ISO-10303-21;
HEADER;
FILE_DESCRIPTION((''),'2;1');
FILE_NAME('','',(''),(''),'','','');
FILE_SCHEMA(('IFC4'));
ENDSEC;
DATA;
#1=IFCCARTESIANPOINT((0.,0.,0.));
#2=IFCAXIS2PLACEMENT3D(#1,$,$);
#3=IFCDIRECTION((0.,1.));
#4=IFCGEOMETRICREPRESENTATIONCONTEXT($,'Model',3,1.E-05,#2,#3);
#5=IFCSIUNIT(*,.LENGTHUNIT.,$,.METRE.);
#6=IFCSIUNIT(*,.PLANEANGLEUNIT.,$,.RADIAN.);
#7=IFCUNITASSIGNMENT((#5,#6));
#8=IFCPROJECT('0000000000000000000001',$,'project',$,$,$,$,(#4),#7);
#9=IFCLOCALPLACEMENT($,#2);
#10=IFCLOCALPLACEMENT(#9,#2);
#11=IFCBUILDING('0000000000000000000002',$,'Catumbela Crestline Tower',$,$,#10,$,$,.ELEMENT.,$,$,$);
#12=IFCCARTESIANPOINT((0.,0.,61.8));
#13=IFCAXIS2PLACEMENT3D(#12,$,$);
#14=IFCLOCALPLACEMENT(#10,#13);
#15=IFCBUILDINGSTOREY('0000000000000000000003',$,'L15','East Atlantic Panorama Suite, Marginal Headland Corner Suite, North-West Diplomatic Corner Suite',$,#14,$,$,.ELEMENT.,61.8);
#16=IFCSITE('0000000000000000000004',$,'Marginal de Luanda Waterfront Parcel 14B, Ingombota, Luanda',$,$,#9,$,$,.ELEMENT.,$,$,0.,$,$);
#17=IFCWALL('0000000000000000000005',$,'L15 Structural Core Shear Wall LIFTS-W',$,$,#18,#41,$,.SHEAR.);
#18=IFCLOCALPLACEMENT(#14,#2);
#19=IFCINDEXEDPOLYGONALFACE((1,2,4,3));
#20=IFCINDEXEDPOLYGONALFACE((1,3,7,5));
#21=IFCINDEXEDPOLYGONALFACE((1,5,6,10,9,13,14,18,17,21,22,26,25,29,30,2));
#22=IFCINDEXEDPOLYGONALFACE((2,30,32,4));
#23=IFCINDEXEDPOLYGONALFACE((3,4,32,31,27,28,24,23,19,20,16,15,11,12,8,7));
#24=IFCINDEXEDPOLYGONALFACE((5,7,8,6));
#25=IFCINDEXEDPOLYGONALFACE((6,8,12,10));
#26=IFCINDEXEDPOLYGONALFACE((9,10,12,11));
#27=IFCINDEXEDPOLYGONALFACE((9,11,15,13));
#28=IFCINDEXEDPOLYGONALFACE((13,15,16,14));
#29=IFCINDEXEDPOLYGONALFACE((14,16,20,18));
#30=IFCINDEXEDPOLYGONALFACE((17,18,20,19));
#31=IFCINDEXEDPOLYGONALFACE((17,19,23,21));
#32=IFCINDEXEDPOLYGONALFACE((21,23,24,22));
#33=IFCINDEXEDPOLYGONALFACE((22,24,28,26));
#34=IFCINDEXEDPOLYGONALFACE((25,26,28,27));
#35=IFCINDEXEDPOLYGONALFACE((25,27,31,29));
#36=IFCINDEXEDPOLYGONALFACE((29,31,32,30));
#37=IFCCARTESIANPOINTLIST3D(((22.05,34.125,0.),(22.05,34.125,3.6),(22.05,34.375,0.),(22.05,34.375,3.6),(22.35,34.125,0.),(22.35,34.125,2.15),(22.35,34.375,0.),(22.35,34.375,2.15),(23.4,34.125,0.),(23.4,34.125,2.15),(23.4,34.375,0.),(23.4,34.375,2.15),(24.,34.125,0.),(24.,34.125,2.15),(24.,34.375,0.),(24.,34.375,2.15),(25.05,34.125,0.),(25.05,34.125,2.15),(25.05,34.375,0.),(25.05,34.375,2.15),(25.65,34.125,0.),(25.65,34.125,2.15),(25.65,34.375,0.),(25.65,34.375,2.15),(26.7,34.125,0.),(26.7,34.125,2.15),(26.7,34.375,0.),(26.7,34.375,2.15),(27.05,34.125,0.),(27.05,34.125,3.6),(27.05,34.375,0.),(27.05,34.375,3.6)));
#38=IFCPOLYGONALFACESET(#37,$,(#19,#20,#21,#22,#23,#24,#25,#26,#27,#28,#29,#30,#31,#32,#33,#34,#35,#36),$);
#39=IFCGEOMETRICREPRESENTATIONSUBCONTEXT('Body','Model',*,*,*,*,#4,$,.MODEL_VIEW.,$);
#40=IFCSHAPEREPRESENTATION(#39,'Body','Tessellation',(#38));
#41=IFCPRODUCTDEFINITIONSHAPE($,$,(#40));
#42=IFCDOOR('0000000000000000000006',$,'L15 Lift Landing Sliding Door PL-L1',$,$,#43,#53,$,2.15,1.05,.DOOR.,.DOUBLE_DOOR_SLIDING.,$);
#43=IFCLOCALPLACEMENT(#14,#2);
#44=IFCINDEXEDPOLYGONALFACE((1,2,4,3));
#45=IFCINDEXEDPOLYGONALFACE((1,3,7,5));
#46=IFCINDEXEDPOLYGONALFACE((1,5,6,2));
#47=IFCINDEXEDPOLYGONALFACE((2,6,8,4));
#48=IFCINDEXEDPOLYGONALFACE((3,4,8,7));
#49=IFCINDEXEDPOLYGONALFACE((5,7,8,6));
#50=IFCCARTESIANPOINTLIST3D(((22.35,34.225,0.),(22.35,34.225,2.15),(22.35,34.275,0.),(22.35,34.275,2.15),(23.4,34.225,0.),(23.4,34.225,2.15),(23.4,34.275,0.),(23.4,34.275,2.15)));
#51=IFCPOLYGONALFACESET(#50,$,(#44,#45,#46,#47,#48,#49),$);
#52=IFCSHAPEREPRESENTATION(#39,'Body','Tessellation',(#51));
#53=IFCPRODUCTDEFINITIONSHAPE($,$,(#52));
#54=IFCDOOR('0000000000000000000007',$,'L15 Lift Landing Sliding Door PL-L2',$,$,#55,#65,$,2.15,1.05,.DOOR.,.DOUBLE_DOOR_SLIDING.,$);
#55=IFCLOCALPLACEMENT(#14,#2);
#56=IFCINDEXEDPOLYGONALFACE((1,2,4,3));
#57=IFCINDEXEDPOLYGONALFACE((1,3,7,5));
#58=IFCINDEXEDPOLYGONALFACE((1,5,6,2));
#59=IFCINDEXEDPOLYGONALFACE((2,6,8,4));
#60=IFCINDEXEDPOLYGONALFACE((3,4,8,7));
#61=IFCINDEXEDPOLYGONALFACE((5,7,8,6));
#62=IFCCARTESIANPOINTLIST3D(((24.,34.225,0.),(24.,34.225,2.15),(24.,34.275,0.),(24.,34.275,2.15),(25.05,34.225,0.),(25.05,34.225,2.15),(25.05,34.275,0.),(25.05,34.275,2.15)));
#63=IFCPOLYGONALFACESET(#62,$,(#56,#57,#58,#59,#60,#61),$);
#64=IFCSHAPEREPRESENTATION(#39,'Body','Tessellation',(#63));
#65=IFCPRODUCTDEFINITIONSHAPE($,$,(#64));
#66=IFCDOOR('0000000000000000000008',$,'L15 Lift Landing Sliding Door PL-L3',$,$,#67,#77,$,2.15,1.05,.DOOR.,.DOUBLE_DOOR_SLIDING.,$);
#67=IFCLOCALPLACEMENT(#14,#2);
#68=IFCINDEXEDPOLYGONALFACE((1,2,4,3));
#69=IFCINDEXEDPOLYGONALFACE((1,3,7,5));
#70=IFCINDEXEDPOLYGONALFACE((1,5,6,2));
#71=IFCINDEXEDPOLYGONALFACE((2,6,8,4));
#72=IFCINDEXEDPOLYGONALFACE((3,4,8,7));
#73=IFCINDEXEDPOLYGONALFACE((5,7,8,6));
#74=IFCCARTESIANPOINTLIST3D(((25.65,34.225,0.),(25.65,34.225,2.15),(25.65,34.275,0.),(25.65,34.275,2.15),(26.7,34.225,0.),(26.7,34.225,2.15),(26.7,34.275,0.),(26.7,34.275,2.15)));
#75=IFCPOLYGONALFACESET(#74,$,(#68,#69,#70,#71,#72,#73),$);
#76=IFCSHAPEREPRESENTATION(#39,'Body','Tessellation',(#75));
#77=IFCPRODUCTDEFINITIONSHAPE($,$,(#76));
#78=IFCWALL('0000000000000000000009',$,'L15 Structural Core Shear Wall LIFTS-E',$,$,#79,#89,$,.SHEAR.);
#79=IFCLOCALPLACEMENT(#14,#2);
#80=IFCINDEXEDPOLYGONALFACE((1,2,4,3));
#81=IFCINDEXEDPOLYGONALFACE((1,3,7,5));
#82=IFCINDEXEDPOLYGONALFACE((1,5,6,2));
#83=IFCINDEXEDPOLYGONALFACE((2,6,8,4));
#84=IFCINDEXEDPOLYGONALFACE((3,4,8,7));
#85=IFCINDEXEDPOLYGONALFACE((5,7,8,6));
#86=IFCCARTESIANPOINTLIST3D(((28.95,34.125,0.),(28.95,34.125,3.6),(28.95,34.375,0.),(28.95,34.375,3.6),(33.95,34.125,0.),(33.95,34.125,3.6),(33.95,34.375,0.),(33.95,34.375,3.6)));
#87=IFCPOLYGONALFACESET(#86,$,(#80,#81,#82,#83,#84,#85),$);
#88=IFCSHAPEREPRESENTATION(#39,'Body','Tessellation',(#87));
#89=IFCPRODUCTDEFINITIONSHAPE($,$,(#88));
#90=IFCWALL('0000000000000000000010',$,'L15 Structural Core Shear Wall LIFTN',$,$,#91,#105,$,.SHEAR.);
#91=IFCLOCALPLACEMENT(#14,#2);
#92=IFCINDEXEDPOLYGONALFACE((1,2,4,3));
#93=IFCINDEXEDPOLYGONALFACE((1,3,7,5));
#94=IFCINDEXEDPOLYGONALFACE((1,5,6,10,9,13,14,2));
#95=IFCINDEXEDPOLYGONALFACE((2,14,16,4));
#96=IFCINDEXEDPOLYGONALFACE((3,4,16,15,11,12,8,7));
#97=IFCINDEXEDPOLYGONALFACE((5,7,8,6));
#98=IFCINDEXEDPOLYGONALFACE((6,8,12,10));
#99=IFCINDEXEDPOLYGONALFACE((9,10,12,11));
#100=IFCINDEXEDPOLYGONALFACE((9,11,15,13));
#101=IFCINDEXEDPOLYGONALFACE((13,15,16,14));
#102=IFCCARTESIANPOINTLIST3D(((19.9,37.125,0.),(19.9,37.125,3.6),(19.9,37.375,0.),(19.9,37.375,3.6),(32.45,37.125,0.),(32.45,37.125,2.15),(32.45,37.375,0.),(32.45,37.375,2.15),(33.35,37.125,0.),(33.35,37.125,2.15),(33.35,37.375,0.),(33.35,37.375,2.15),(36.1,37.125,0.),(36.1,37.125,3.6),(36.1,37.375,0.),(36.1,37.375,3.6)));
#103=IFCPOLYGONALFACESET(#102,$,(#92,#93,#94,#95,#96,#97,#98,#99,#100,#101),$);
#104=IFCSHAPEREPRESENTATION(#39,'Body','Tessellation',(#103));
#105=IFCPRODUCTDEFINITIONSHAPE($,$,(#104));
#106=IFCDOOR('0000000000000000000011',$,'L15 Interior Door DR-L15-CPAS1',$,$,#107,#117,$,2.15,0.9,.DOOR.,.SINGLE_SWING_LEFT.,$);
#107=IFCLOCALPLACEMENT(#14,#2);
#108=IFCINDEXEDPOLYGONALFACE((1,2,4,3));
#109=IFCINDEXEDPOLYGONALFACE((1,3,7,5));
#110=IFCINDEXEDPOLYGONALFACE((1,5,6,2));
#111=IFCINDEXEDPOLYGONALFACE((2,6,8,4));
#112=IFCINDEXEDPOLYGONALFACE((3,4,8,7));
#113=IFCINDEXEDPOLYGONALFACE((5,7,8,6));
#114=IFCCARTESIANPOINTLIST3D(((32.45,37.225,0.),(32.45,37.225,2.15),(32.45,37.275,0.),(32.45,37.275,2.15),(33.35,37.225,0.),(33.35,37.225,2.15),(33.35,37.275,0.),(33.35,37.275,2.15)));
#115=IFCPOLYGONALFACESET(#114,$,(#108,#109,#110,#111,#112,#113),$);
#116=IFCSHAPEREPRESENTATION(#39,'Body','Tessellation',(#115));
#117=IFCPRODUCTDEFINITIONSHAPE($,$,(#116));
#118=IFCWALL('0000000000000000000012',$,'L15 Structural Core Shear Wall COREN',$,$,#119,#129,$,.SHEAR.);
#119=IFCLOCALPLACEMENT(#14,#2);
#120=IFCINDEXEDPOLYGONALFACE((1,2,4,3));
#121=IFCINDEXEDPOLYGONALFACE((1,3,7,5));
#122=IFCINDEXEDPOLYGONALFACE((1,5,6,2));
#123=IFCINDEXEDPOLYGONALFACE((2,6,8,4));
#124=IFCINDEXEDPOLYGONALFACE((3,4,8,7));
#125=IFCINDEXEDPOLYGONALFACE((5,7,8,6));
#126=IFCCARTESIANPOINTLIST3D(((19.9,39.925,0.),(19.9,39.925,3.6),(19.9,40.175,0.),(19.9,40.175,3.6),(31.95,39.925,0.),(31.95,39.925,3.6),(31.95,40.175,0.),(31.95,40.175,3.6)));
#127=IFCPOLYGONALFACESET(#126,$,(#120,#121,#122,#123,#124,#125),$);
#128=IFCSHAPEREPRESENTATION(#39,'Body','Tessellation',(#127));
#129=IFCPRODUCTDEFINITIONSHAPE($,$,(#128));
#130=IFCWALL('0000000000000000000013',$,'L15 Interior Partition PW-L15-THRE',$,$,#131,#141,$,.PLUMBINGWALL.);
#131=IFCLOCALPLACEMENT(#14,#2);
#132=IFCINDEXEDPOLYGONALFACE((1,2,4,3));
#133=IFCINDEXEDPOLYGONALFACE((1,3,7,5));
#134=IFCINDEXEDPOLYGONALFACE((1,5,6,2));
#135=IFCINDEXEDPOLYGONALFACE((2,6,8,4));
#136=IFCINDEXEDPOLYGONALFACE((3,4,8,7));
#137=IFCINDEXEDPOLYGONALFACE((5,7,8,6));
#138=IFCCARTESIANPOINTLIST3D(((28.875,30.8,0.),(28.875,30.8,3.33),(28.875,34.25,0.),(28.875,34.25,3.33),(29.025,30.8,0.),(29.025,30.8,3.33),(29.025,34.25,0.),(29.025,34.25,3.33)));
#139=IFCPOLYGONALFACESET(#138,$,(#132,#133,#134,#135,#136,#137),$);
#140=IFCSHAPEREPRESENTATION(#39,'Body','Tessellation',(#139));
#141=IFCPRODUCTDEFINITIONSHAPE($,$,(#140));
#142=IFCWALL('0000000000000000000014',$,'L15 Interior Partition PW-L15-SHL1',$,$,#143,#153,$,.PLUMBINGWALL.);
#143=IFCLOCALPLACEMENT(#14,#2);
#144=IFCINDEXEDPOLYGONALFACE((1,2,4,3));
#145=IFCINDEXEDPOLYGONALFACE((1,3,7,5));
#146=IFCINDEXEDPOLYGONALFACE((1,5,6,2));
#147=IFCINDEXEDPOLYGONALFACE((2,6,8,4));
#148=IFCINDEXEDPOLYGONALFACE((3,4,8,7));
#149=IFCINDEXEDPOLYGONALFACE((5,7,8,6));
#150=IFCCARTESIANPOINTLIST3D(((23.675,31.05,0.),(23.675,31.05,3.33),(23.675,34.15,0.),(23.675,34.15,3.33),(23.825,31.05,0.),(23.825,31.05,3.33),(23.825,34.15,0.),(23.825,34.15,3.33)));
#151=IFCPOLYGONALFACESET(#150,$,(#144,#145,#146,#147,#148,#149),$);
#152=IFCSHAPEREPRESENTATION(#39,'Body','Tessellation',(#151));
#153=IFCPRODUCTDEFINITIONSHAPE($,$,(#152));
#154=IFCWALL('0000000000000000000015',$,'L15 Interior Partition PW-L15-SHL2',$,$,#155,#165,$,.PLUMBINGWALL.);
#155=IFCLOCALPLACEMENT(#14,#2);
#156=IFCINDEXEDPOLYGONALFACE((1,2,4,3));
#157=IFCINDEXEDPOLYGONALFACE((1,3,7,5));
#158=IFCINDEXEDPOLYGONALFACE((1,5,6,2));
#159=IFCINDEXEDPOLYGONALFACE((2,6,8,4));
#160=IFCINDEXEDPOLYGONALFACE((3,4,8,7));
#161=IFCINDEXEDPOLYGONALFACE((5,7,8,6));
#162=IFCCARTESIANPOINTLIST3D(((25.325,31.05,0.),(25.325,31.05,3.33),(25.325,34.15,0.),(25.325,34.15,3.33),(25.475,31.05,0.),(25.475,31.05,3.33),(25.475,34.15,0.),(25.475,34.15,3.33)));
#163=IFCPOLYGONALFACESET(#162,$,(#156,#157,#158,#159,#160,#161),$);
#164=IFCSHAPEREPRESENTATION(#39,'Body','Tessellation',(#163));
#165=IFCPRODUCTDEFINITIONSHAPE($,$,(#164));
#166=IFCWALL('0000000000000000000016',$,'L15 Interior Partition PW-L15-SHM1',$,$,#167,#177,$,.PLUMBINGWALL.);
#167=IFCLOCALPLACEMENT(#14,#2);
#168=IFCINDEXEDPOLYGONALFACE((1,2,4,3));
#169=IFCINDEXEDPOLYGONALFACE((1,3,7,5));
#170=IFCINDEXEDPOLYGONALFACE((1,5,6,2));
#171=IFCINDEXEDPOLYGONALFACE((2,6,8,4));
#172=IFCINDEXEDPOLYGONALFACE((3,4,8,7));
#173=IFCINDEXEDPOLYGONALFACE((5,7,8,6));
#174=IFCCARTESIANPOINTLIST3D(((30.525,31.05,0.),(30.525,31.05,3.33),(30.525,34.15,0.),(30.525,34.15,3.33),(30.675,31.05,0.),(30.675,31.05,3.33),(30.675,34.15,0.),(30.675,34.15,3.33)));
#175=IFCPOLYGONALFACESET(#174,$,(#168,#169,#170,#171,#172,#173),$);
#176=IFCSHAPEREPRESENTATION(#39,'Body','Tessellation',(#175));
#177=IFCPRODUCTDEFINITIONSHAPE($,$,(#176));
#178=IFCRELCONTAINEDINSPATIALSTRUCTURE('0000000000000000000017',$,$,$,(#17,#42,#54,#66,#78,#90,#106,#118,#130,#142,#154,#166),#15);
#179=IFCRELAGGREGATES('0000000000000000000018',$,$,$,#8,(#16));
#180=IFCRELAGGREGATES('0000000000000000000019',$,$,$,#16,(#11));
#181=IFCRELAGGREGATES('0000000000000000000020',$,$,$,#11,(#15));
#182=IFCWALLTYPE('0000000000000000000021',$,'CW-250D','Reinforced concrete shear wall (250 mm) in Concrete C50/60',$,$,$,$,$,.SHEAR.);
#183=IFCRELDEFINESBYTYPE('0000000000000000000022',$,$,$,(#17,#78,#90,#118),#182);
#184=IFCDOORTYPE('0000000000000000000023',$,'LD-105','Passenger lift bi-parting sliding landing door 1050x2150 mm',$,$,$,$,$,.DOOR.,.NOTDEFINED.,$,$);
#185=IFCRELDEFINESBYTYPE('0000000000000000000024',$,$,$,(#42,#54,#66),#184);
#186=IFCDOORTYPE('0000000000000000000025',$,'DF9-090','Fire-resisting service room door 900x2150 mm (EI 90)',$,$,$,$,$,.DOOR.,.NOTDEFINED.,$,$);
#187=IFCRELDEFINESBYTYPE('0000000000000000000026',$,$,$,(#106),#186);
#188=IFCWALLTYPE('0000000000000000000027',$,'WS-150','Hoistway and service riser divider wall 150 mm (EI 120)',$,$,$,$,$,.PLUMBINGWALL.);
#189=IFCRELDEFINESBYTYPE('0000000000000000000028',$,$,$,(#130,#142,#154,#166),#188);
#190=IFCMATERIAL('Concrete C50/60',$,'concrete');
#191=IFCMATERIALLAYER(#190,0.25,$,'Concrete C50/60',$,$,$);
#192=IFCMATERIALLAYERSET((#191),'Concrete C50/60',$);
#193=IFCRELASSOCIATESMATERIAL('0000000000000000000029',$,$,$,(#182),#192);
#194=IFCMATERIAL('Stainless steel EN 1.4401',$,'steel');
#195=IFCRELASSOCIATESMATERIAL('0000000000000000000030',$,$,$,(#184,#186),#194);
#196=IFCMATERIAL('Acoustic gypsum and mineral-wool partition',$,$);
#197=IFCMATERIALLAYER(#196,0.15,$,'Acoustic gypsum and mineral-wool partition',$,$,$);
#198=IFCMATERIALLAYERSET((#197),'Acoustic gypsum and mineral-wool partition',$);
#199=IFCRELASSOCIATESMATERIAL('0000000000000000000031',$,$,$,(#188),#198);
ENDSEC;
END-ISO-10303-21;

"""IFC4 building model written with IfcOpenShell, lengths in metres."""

from ifc_helpers import new_model, si_unit, direction, frame, frame_2d, origin, place, context, subcontext, project, spatial, rectangle, extrude, material, layer, layer_set, type_object, element, fill, save


model = new_model("IFC4")

# Units and contexts
model_context = context("Model", 3, precision=1e-05, world=origin(), true_north=direction((0.0, 1.0)))
body_context = subcontext(model_context, "Body", "Model", "MODEL_VIEW")
ifc_project = project(units=[si_unit("LENGTHUNIT", "METRE"), si_unit("PLANEANGLEUNIT", "RADIAN")], contexts=[model_context])

# Site, building, storey
site_placement = place(None, origin())
site = spatial("IfcSite", under=ifc_project, at=site_placement, Name="Marginal de Luanda Waterfront Parcel 14B, Ingombota, Luanda", CompositionType="ELEMENT", RefElevation=0.0)
building_placement = place(site_placement, origin())
building = spatial("IfcBuilding", under=site, at=building_placement, Name="Catumbela Crestline Tower", CompositionType="ELEMENT")
storey_placement = place(building_placement, frame((0.0, 0.0, 61.8)))
storey = spatial("IfcBuildingStorey", under=building, at=storey_placement, Name="L15", Description="East Atlantic Panorama Suite, Marginal Headland Corner Suite, North-West Diplomatic Corner Suite", CompositionType="ELEMENT", Elevation=61.8)

# Wall, openings, doors
ifc_material_1 = material(Name="Concrete C50/60", Category="concrete")
ifc_layer_1 = layer(ifc_material_1, 0.25, Name="Concrete C50/60")
ifc_layer_set_1 = layer_set([ifc_layer_1], Name="Concrete C50/60")
wall_type_1 = type_object("IfcWallType", Name="CW-250D", Description="Reinforced concrete shear wall (250 mm) in Concrete C50/60", PredefinedType="SHEAR", material=ifc_layer_set_1)
wall_1_placement = place(storey_placement, frame((22.05, 34.25, 0.0), z_axis=(0.0, 0.0, 1.0), x_axis=(1.0, 0.0, 0.0)))
wall_1 = element("IfcWall", 1, at=wall_1_placement, inside=storey, type_object=wall_type_1, Name="L15 Structural Core Shear Wall LIFTS-W", PredefinedType="SHEAR", context=body_context, shape_type="SweptSolid", body=[
    extrude(rectangle(XDim=5.0, YDim=0.25, at=frame_2d((2.5, 0.0))), origin(), (0.0, 0.0, 1.0), 3.6),
])
opening_1_placement = place(wall_1_placement, frame((0.3, 0.0, 0.0)))
opening_1 = element("IfcOpeningElement", 2, at=opening_1_placement, cuts=wall_1, PredefinedType="OPENING", context=body_context, shape_type="SweptSolid", body=[
    extrude(rectangle(XDim=1.05, YDim=2.15, at=frame_2d((0.525, 1.075))), frame((0.0, 0.135, 0.0), z_axis=(0.0, -1.0, 0.0), x_axis=(1.0, 0.0, 0.0)), (0.0, 0.0, 1.0), 0.27),
])
opening_2_placement = place(wall_1_placement, frame((1.95, 0.0, 0.0)))
opening_2 = element("IfcOpeningElement", 3, at=opening_2_placement, cuts=wall_1, PredefinedType="OPENING", context=body_context, shape_type="SweptSolid", body=[
    extrude(rectangle(XDim=1.05, YDim=2.15, at=frame_2d((0.525, 1.075))), frame((0.0, 0.135, 0.0), z_axis=(0.0, -1.0, 0.0), x_axis=(1.0, 0.0, 0.0)), (0.0, 0.0, 1.0), 0.27),
])
opening_3_placement = place(wall_1_placement, frame((3.6, 0.0, 0.0)))
opening_3 = element("IfcOpeningElement", 4, at=opening_3_placement, cuts=wall_1, PredefinedType="OPENING", context=body_context, shape_type="SweptSolid", body=[
    extrude(rectangle(XDim=1.05, YDim=2.15, at=frame_2d((0.525, 1.075))), frame((0.0, 0.135, 0.0), z_axis=(0.0, -1.0, 0.0), x_axis=(1.0, 0.0, 0.0)), (0.0, 0.0, 1.0), 0.27),
])
ifc_material_2 = material(Name="Stainless steel EN 1.4401", Category="steel")
door_type_1 = type_object("IfcDoorType", Name="LD-105", Description="Passenger lift bi-parting sliding landing door 1050x2150 mm", OperationType="NOTDEFINED", PredefinedType="DOOR", material=ifc_material_2)
door_1_placement = place(opening_1_placement, origin())
door_1 = element("IfcDoor", 5, at=door_1_placement, inside=storey, type_object=door_type_1, Name="L15 Lift Landing Sliding Door PL-L1", OperationType="DOUBLE_DOOR_SLIDING", OverallHeight=2.15, OverallWidth=1.05, PredefinedType="DOOR", context=body_context, shape_type="SweptSolid", body=[
    extrude(rectangle(XDim=1.05, YDim=2.15, at=frame_2d((0.525, 1.075))), frame((0.0, 0.025, 0.0), z_axis=(0.0, -1.0, 0.0), x_axis=(1.0, 0.0, 0.0)), (0.0, 0.0, 1.0), 0.05),
])
fill(opening_1, door_1)
door_2_placement = place(opening_2_placement, origin())
door_2 = element("IfcDoor", 6, at=door_2_placement, inside=storey, type_object=door_type_1, Name="L15 Lift Landing Sliding Door PL-L2", OperationType="DOUBLE_DOOR_SLIDING", OverallHeight=2.15, OverallWidth=1.05, PredefinedType="DOOR", context=body_context, shape_type="SweptSolid", body=[
    extrude(rectangle(XDim=1.05, YDim=2.15, at=frame_2d((0.525, 1.075))), frame((0.0, 0.025, 0.0), z_axis=(0.0, -1.0, 0.0), x_axis=(1.0, 0.0, 0.0)), (0.0, 0.0, 1.0), 0.05),
])
fill(opening_2, door_2)
door_3_placement = place(opening_3_placement, origin())
door_3 = element("IfcDoor", 7, at=door_3_placement, inside=storey, type_object=door_type_1, Name="L15 Lift Landing Sliding Door PL-L3", OperationType="DOUBLE_DOOR_SLIDING", OverallHeight=2.15, OverallWidth=1.05, PredefinedType="DOOR", context=body_context, shape_type="SweptSolid", body=[
    extrude(rectangle(XDim=1.05, YDim=2.15, at=frame_2d((0.525, 1.075))), frame((0.0, 0.025, 0.0), z_axis=(0.0, -1.0, 0.0), x_axis=(1.0, 0.0, 0.0)), (0.0, 0.0, 1.0), 0.05),
])
fill(opening_3, door_3)

# Wall
wall_2_placement = place(storey_placement, frame((28.95, 34.25, 0.0), z_axis=(0.0, 0.0, 1.0), x_axis=(1.0, 0.0, 0.0)))
element("IfcWall", 8, at=wall_2_placement, inside=storey, type_object=wall_type_1, Name="L15 Structural Core Shear Wall LIFTS-E", PredefinedType="SHEAR", context=body_context, shape_type="SweptSolid", body=[
    extrude(rectangle(XDim=5.0, YDim=0.25, at=frame_2d((2.5, 0.0))), origin(), (0.0, 0.0, 1.0), 3.6),
])

# Wall, opening, door
wall_3_placement = place(storey_placement, frame((19.9, 37.25, 0.0), z_axis=(0.0, 0.0, 1.0), x_axis=(1.0, 0.0, 0.0)))
wall_3 = element("IfcWall", 9, at=wall_3_placement, inside=storey, type_object=wall_type_1, Name="L15 Structural Core Shear Wall LIFTN", PredefinedType="SHEAR", context=body_context, shape_type="SweptSolid", body=[
    extrude(rectangle(XDim=16.2, YDim=0.25, at=frame_2d((8.1, 0.0))), origin(), (0.0, 0.0, 1.0), 3.6),
])
opening_4_placement = place(wall_3_placement, frame((12.55, 0.0, 0.0)))
opening_4 = element("IfcOpeningElement", 10, at=opening_4_placement, cuts=wall_3, PredefinedType="OPENING", context=body_context, shape_type="SweptSolid", body=[
    extrude(rectangle(XDim=0.9, YDim=2.15, at=frame_2d((0.45, 1.075))), frame((0.0, 0.135, 0.0), z_axis=(0.0, -1.0, 0.0), x_axis=(1.0, 0.0, 0.0)), (0.0, 0.0, 1.0), 0.27),
])
door_type_2 = type_object("IfcDoorType", Name="DF9-090", Description="Fire-resisting service room door 900x2150 mm (EI 90)", OperationType="NOTDEFINED", PredefinedType="DOOR", material=ifc_material_2)
door_4_placement = place(opening_4_placement, origin())
door_4 = element("IfcDoor", 11, at=door_4_placement, inside=storey, type_object=door_type_2, Name="L15 Interior Door DR-L15-CPAS1", OperationType="SINGLE_SWING_LEFT", OverallHeight=2.15, OverallWidth=0.9, PredefinedType="DOOR", context=body_context, shape_type="SweptSolid", body=[
    extrude(rectangle(XDim=0.9, YDim=2.15, at=frame_2d((0.45, 1.075))), frame((0.0, 0.025, 0.0), z_axis=(0.0, -1.0, 0.0), x_axis=(1.0, 0.0, 0.0)), (0.0, 0.0, 1.0), 0.05),
])
fill(opening_4, door_4)

# Walls
wall_4_placement = place(storey_placement, frame((19.9, 40.05, 0.0), z_axis=(0.0, 0.0, 1.0), x_axis=(1.0, 0.0, 0.0)))
element("IfcWall", 12, at=wall_4_placement, inside=storey, type_object=wall_type_1, Name="L15 Structural Core Shear Wall COREN", PredefinedType="SHEAR", context=body_context, shape_type="SweptSolid", body=[
    extrude(rectangle(XDim=12.05, YDim=0.25, at=frame_2d((6.025, 0.0))), origin(), (0.0, 0.0, 1.0), 3.6),
])
ifc_material_3 = material(Name="Acoustic gypsum and mineral-wool partition")
ifc_layer_2 = layer(ifc_material_3, 0.15, Name="Acoustic gypsum and mineral-wool partition")
ifc_layer_set_2 = layer_set([ifc_layer_2], Name="Acoustic gypsum and mineral-wool partition")
wall_type_2 = type_object("IfcWallType", Name="WS-150", Description="Hoistway and service riser divider wall 150 mm (EI 120)", PredefinedType="PLUMBINGWALL", material=ifc_layer_set_2)
wall_5_placement = place(storey_placement, frame((28.95, 30.8, 0.0), z_axis=(0.0, 0.0, 1.0), x_axis=(0.0, 1.0, 0.0)))
element("IfcWall", 13, at=wall_5_placement, inside=storey, type_object=wall_type_2, Name="L15 Interior Partition PW-L15-THRE", PredefinedType="PLUMBINGWALL", context=body_context, shape_type="SweptSolid", body=[
    extrude(rectangle(XDim=3.45, YDim=0.15, at=frame_2d((1.725, 0.0))), origin(), (0.0, 0.0, 1.0), 3.33),
])
for number, where, z_axis, x_axis, name in (
    (14, (23.75, 31.05, 0.0), (0.0, 0.0, 1.0), (0.0, 1.0, 0.0), "L15 Interior Partition PW-L15-SHL1"),
    (15, (25.4, 31.05, 0.0), (0.0, 0.0, 1.0), (0.0, 1.0, 0.0), "L15 Interior Partition PW-L15-SHL2"),
    (16, (30.6, 31.05, 0.0), (0.0, 0.0, 1.0), (0.0, 1.0, 0.0), "L15 Interior Partition PW-L15-SHM1"),
):
    element("IfcWall", number, at=place(storey_placement, frame(where, z_axis=z_axis, x_axis=x_axis)), inside=storey, type_object=wall_type_2, Name=name, PredefinedType="PLUMBINGWALL", context=body_context, shape_type="SweptSolid", body=[
        extrude(rectangle(XDim=3.1, YDim=0.15, at=frame_2d((1.55, 0.0))), origin(), (0.0, 0.0, 1.0), 3.33),
    ])

save(model, "model.ifc")
